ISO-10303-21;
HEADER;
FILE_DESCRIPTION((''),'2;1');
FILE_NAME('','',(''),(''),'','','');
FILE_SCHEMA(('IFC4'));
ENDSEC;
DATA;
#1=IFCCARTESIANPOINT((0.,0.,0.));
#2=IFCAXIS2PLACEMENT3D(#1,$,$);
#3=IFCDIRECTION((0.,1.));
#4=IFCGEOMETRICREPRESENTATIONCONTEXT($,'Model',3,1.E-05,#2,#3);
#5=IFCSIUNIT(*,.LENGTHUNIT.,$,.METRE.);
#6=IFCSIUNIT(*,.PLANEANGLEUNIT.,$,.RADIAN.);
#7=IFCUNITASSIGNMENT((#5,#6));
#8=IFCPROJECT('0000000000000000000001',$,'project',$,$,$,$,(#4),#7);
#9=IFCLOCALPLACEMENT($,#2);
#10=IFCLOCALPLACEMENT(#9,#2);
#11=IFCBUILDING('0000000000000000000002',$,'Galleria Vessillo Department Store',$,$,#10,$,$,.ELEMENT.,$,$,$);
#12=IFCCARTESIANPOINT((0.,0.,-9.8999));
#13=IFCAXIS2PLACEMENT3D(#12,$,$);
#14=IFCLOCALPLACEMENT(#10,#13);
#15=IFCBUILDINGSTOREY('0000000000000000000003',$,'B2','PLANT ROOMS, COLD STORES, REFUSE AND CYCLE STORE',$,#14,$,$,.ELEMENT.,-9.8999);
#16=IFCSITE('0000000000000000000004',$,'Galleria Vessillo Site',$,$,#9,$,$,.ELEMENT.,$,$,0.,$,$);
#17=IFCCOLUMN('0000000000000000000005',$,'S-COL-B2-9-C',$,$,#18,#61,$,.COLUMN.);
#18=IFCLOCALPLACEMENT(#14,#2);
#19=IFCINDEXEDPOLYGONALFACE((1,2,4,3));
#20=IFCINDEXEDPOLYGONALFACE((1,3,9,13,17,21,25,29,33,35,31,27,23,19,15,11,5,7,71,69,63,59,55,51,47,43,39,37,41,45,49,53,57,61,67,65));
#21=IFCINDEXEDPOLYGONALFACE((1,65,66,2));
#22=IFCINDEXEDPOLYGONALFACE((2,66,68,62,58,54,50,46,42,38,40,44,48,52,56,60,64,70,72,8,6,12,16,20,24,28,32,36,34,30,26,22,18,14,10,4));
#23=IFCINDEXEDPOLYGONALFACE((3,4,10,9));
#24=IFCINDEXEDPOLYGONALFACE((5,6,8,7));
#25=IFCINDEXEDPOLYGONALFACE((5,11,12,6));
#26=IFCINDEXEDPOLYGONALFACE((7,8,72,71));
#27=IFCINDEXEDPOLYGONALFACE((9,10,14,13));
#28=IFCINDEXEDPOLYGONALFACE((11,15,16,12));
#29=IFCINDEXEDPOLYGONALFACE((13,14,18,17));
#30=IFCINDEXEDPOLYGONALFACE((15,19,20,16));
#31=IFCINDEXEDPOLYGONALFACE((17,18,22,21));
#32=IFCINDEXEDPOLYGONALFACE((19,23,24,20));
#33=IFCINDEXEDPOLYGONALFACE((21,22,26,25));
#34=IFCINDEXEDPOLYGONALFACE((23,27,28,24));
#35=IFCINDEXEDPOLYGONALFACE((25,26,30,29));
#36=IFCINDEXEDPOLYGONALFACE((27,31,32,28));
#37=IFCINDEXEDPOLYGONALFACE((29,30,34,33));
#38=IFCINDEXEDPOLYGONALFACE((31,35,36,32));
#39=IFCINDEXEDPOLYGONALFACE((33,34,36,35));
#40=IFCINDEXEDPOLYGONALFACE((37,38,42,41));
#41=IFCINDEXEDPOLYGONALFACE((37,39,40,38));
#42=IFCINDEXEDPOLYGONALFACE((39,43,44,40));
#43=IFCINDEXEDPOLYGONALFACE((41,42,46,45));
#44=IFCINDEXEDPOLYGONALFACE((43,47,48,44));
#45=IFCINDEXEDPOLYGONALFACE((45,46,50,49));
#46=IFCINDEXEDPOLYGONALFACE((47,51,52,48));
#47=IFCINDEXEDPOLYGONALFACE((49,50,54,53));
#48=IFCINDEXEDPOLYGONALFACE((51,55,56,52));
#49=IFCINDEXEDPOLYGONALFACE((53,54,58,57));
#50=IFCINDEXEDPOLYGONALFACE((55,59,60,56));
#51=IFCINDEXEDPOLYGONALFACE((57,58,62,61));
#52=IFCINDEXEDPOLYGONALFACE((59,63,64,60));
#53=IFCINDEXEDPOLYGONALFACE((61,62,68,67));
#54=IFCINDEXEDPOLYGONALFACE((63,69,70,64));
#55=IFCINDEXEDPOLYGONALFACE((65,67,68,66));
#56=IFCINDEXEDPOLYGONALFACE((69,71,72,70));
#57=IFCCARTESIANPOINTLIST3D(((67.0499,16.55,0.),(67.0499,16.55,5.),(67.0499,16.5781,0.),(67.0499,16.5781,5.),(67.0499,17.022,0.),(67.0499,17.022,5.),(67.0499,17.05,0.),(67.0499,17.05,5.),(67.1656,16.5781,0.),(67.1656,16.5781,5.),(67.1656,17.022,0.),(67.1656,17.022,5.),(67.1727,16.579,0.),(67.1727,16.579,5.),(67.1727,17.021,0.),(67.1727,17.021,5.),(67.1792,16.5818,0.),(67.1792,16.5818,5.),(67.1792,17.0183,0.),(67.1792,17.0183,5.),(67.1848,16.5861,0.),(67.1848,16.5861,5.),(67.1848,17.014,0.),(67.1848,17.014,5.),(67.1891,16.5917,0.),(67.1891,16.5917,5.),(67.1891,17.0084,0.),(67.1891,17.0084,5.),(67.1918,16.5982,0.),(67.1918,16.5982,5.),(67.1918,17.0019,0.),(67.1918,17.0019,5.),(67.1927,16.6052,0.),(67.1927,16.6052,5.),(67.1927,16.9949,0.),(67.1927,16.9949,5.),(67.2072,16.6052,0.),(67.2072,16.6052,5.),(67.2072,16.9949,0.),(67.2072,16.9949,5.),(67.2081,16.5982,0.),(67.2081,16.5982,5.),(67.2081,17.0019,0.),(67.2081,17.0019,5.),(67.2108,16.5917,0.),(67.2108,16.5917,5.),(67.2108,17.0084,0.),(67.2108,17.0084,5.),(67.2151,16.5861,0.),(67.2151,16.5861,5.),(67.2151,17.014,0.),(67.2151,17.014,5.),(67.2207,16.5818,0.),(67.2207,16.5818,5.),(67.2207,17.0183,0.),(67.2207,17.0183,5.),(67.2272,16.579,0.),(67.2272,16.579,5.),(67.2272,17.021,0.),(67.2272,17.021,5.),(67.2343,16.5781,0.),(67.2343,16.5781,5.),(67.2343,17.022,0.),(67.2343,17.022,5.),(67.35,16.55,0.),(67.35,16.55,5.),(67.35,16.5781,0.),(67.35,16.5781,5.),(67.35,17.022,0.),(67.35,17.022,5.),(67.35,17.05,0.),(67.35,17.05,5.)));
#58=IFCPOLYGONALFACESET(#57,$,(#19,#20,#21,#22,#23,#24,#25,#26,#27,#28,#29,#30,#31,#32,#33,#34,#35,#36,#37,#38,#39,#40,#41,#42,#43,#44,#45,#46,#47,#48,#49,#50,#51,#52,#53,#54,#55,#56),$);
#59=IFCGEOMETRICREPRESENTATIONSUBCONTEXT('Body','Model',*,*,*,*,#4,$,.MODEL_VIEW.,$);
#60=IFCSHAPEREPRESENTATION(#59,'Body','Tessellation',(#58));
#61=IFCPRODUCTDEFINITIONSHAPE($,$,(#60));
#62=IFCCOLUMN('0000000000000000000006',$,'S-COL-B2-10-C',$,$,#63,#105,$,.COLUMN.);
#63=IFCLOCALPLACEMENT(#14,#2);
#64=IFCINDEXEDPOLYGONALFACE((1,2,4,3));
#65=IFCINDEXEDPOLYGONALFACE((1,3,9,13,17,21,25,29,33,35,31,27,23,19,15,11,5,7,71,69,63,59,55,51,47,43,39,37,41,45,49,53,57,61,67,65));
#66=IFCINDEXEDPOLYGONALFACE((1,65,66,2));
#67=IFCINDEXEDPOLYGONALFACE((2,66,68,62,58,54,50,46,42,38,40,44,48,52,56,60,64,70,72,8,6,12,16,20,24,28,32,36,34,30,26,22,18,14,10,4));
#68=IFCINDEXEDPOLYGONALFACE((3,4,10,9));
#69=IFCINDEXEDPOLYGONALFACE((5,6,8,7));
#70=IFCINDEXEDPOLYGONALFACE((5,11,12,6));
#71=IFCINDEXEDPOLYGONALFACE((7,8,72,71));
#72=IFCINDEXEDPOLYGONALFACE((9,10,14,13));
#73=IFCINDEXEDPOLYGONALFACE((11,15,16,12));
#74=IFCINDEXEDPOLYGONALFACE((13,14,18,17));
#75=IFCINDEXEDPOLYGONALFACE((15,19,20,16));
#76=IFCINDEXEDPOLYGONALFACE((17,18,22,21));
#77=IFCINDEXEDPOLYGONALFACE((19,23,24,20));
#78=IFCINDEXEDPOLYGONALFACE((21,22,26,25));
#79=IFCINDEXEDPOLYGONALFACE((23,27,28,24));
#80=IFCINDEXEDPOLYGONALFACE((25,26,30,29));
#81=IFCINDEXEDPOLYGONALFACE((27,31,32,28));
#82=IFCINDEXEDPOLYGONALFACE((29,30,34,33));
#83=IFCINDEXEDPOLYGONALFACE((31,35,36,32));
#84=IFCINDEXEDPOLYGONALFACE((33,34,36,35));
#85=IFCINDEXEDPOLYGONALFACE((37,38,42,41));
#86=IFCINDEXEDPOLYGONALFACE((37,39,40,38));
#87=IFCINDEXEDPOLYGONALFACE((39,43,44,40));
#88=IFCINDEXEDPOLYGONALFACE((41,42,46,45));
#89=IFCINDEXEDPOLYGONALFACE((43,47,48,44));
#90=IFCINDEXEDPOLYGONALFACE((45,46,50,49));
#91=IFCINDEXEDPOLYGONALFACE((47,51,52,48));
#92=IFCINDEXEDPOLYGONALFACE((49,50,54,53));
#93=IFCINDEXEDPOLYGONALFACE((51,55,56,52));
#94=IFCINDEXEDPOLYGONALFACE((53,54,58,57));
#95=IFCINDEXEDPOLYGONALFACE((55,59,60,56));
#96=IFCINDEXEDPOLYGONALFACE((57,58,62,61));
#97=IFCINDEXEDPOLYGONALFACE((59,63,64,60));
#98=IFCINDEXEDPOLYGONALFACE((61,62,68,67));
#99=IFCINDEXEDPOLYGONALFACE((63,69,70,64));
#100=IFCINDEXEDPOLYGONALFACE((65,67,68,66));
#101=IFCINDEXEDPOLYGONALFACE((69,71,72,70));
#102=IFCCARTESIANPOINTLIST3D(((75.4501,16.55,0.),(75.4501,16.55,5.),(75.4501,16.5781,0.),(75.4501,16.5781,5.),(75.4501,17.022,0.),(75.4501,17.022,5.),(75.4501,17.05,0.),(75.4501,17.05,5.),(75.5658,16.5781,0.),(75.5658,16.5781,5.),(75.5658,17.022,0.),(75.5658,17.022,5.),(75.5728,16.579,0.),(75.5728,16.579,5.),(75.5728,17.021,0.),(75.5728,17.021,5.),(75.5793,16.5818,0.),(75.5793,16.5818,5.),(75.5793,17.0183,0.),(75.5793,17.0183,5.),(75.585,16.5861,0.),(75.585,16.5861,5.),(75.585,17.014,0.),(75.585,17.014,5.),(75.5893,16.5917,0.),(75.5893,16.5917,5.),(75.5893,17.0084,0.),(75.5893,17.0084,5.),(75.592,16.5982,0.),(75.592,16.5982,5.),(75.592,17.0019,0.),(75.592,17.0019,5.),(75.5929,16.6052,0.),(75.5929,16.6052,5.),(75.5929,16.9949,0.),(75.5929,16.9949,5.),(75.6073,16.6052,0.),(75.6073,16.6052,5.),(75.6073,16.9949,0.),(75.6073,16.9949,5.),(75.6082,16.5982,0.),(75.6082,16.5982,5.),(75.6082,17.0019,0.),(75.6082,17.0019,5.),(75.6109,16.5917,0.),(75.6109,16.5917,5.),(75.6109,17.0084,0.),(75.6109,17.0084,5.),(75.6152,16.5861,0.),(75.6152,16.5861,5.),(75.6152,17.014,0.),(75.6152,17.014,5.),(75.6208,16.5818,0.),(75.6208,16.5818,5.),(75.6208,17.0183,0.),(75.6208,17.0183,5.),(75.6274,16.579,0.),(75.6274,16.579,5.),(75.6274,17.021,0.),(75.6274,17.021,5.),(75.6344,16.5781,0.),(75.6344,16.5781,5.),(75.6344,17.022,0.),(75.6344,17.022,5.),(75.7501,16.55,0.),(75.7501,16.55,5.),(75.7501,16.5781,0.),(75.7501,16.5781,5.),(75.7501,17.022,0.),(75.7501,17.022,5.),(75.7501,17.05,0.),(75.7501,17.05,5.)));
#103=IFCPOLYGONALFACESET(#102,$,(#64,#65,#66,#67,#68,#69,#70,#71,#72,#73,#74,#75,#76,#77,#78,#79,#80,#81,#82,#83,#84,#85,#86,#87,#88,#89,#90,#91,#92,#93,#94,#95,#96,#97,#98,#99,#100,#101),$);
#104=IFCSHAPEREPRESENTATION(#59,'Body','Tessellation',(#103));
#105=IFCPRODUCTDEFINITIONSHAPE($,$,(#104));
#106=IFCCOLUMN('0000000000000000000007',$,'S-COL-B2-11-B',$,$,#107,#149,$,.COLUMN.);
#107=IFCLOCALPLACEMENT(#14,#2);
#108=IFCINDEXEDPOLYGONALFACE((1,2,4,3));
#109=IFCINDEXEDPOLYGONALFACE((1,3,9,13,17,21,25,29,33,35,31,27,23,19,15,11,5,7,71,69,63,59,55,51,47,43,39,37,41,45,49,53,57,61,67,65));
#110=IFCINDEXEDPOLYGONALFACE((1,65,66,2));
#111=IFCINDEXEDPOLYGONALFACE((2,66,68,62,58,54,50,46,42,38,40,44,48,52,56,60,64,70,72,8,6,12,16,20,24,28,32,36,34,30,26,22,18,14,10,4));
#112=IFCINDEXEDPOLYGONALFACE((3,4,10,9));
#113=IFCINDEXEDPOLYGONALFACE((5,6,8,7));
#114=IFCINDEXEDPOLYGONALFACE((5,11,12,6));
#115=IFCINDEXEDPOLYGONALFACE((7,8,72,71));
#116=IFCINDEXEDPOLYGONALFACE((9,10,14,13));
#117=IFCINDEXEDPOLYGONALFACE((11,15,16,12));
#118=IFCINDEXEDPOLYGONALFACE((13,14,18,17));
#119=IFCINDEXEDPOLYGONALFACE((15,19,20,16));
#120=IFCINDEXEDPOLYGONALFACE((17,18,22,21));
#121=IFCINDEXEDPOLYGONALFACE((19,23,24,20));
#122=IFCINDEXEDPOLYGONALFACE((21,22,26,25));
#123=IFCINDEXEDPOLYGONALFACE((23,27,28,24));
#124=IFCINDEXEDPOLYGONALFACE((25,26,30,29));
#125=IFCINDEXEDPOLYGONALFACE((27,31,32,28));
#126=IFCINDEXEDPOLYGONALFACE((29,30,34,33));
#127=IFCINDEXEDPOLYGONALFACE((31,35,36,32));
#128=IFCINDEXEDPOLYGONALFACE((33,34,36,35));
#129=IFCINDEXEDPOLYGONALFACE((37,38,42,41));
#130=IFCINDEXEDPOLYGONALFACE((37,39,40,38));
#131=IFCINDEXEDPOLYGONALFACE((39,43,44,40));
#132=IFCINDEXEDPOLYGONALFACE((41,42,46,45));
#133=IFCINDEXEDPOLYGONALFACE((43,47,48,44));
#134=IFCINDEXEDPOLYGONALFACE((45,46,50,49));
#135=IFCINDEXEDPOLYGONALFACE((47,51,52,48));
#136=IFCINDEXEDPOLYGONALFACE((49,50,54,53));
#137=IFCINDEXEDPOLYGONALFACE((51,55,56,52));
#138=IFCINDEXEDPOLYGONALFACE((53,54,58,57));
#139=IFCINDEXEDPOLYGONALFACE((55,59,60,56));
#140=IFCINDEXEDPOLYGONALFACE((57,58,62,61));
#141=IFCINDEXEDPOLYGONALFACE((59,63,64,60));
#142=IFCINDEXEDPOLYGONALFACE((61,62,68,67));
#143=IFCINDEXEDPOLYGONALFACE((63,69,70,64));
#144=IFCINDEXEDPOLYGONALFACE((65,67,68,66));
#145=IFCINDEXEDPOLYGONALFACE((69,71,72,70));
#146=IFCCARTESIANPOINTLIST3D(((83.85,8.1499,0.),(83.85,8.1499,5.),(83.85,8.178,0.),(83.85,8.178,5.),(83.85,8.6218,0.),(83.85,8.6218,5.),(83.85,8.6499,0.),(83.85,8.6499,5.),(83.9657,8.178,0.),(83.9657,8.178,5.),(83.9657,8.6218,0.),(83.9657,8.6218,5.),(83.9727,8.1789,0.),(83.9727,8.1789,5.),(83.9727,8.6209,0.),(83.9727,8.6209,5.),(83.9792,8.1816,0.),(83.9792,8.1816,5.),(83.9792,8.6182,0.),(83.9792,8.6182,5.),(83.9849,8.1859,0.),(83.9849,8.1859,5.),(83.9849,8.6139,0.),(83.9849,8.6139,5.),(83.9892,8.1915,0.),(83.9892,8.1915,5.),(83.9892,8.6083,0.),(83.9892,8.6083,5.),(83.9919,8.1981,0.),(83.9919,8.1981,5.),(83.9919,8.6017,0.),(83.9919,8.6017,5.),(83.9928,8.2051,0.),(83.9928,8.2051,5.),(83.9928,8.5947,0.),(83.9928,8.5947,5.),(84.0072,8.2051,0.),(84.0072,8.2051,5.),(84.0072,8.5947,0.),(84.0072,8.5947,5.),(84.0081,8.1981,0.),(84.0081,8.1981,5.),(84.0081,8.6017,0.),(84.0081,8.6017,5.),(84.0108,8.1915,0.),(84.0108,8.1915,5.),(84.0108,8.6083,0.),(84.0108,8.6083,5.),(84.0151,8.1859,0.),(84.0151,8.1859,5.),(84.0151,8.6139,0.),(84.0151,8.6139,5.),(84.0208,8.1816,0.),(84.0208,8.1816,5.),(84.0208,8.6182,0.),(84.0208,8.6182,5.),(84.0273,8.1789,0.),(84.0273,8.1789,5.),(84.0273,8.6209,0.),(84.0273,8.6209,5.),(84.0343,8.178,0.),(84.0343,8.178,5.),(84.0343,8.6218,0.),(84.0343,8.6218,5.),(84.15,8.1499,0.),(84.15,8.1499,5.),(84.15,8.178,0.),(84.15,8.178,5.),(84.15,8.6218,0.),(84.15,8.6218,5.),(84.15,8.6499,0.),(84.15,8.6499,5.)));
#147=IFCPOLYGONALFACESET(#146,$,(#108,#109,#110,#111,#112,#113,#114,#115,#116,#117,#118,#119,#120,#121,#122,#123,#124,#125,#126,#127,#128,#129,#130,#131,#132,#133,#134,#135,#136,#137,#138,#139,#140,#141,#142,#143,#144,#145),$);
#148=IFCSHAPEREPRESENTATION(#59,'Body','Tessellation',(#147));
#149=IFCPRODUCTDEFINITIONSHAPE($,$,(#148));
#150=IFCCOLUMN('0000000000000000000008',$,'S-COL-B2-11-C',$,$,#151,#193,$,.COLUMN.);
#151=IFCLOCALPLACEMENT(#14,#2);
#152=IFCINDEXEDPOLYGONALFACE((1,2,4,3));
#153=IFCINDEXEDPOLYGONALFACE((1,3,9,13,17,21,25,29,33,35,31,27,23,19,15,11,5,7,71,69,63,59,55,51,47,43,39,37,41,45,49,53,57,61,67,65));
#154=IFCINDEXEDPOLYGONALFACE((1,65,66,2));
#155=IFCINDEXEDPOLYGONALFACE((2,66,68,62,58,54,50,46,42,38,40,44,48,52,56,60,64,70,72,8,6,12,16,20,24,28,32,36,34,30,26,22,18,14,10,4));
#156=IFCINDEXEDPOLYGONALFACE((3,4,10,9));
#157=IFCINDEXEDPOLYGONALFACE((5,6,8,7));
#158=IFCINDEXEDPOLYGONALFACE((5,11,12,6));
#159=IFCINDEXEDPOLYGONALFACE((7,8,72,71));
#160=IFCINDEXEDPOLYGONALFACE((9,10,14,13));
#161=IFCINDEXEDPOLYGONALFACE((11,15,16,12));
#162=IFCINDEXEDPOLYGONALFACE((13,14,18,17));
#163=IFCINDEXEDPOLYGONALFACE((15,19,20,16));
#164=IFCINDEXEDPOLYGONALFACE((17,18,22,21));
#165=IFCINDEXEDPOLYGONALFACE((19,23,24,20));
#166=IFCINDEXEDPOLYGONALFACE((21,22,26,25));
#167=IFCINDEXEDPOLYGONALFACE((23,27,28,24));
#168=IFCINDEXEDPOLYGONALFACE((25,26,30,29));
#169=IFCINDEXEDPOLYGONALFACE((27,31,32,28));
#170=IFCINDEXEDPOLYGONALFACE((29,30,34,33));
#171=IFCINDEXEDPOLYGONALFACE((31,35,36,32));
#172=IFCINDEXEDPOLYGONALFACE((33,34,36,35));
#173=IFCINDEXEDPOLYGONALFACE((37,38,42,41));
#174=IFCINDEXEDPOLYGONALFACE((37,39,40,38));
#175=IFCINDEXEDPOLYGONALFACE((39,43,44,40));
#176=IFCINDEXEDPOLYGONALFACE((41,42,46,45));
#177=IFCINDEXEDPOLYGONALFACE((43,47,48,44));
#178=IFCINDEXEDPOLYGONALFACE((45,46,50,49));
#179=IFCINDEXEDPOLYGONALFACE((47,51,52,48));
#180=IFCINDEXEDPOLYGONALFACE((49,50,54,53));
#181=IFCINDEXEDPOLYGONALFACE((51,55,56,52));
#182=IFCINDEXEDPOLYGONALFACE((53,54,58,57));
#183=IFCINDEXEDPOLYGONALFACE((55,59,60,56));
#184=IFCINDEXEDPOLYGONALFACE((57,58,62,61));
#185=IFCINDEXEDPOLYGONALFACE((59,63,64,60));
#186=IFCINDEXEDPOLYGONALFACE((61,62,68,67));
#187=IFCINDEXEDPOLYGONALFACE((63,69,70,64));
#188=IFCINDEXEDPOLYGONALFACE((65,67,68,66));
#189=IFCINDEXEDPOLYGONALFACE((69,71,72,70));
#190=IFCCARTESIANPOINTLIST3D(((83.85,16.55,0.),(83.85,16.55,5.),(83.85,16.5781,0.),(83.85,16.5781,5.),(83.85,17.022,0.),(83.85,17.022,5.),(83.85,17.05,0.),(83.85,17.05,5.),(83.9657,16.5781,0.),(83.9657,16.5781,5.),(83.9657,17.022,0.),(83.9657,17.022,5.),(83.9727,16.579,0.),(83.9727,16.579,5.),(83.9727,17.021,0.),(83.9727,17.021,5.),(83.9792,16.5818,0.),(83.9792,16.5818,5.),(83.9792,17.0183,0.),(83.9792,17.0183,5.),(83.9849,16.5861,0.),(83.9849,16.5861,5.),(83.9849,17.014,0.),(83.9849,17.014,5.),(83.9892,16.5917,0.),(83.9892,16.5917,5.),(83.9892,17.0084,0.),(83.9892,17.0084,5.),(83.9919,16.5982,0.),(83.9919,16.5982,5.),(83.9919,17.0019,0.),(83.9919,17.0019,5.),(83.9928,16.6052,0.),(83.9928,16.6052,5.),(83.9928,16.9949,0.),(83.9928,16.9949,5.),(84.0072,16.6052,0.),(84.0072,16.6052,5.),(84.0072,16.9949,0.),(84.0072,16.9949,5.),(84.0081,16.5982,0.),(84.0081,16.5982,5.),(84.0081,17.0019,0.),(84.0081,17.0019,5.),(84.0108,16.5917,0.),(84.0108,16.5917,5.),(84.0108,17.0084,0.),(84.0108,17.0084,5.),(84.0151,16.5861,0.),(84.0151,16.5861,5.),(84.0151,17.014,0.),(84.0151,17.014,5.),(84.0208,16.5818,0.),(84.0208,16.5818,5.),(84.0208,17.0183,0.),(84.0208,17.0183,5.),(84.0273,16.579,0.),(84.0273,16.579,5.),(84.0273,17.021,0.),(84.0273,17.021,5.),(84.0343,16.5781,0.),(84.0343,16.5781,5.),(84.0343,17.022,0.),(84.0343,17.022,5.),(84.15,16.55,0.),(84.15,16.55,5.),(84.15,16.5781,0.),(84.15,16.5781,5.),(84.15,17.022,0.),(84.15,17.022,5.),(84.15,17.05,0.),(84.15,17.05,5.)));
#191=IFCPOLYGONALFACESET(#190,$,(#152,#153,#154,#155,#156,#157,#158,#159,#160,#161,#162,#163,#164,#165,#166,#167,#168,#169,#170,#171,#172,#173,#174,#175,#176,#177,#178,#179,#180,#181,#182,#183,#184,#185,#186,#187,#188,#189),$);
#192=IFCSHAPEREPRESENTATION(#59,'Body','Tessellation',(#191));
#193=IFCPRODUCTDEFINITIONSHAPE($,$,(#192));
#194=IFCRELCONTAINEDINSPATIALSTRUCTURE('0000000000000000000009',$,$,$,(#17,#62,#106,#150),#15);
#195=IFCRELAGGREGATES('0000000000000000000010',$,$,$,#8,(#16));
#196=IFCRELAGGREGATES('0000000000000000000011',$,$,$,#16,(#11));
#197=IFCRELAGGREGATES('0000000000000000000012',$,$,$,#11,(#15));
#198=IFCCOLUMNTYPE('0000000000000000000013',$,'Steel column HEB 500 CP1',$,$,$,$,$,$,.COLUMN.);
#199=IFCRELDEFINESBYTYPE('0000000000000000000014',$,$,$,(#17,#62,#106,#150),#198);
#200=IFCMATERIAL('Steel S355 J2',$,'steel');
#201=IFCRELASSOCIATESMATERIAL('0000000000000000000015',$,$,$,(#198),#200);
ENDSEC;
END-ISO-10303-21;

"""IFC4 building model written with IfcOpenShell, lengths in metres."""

from ifc_helpers import new_model, si_unit, direction, frame, origin, origin_2d, place, context, subcontext, project, spatial, i_section, extrude, material, material_profile, profile_set, type_object, element, save


model = new_model("IFC4")

# Units and contexts
model_context = context("Model", 3, precision=1e-05, world=origin(), true_north=direction((0.0, 1.0)))
body_context = subcontext(model_context, "Body", "Model", "MODEL_VIEW")
ifc_project = project(units=[si_unit("LENGTHUNIT", "METRE"), si_unit("PLANEANGLEUNIT", "RADIAN")], contexts=[model_context])

# Site, building, storey
site_placement = place(None, origin())
site = spatial("IfcSite", under=ifc_project, at=site_placement, Name="Galleria Vessillo Site", CompositionType="ELEMENT", RefElevation=0.0)
building_placement = place(site_placement, origin())
building = spatial("IfcBuilding", under=site, at=building_placement, Name="Galleria Vessillo Department Store", CompositionType="ELEMENT")
storey_placement = place(building_placement, frame((0.0, 0.0, -9.8999)))
storey = spatial("IfcBuildingStorey", under=building, at=storey_placement, Name="B2", Description="PLANT ROOMS, COLD STORES, REFUSE AND CYCLE STORE", CompositionType="ELEMENT", Elevation=-9.8999)

# Columns
ifc_material_1 = material(Name="Steel S355 J2", Category="steel")
ifc_material_profile_1 = material_profile(ifc_material_1, i_section(OverallWidth=0.3, OverallDepth=0.5, WebThickness=0.0144, FlangeThickness=0.0281, FilletRadius=0.0271, at=origin_2d()), Name="HEB 500")
ifc_profile_set_1 = profile_set([ifc_material_profile_1], Name="Steel S355 J2")
column_type_1 = type_object("IfcColumnType", Name="Steel column HEB 500 CP1", PredefinedType="COLUMN", material=ifc_profile_set_1)
for number, where, z_axis, x_axis, name in (
    (1, (67.2, 16.8, 0.0), (0.0, 0.0, 1.0), (1.0, 0.0, 0.0), "S-COL-B2-9-C"),
    (2, (75.6001, 16.8, 0.0), (0.0, 0.0, 1.0), (1.0, 0.0, 0.0), "S-COL-B2-10-C"),
    (3, (84.0, 8.3999, 0.0), (0.0, 0.0, 1.0), (1.0, 0.0, 0.0), "S-COL-B2-11-B"),
    (4, (84.0, 16.8, 0.0), (0.0, 0.0, 1.0), (1.0, 0.0, 0.0), "S-COL-B2-11-C"),
):
    element("IfcColumn", number, at=place(storey_placement, frame(where, z_axis=z_axis, x_axis=x_axis)), inside=storey, type_object=column_type_1, Name=name, PredefinedType="COLUMN", context=body_context, shape_type="SweptSolid", body=[
        extrude(i_section(OverallWidth=0.3, OverallDepth=0.5, WebThickness=0.0144, FlangeThickness=0.0281, FilletRadius=0.0271, at=origin_2d()), origin(), (0.0, 0.0, 1.0), 5.0),
    ])

save(model, "model.ifc")
